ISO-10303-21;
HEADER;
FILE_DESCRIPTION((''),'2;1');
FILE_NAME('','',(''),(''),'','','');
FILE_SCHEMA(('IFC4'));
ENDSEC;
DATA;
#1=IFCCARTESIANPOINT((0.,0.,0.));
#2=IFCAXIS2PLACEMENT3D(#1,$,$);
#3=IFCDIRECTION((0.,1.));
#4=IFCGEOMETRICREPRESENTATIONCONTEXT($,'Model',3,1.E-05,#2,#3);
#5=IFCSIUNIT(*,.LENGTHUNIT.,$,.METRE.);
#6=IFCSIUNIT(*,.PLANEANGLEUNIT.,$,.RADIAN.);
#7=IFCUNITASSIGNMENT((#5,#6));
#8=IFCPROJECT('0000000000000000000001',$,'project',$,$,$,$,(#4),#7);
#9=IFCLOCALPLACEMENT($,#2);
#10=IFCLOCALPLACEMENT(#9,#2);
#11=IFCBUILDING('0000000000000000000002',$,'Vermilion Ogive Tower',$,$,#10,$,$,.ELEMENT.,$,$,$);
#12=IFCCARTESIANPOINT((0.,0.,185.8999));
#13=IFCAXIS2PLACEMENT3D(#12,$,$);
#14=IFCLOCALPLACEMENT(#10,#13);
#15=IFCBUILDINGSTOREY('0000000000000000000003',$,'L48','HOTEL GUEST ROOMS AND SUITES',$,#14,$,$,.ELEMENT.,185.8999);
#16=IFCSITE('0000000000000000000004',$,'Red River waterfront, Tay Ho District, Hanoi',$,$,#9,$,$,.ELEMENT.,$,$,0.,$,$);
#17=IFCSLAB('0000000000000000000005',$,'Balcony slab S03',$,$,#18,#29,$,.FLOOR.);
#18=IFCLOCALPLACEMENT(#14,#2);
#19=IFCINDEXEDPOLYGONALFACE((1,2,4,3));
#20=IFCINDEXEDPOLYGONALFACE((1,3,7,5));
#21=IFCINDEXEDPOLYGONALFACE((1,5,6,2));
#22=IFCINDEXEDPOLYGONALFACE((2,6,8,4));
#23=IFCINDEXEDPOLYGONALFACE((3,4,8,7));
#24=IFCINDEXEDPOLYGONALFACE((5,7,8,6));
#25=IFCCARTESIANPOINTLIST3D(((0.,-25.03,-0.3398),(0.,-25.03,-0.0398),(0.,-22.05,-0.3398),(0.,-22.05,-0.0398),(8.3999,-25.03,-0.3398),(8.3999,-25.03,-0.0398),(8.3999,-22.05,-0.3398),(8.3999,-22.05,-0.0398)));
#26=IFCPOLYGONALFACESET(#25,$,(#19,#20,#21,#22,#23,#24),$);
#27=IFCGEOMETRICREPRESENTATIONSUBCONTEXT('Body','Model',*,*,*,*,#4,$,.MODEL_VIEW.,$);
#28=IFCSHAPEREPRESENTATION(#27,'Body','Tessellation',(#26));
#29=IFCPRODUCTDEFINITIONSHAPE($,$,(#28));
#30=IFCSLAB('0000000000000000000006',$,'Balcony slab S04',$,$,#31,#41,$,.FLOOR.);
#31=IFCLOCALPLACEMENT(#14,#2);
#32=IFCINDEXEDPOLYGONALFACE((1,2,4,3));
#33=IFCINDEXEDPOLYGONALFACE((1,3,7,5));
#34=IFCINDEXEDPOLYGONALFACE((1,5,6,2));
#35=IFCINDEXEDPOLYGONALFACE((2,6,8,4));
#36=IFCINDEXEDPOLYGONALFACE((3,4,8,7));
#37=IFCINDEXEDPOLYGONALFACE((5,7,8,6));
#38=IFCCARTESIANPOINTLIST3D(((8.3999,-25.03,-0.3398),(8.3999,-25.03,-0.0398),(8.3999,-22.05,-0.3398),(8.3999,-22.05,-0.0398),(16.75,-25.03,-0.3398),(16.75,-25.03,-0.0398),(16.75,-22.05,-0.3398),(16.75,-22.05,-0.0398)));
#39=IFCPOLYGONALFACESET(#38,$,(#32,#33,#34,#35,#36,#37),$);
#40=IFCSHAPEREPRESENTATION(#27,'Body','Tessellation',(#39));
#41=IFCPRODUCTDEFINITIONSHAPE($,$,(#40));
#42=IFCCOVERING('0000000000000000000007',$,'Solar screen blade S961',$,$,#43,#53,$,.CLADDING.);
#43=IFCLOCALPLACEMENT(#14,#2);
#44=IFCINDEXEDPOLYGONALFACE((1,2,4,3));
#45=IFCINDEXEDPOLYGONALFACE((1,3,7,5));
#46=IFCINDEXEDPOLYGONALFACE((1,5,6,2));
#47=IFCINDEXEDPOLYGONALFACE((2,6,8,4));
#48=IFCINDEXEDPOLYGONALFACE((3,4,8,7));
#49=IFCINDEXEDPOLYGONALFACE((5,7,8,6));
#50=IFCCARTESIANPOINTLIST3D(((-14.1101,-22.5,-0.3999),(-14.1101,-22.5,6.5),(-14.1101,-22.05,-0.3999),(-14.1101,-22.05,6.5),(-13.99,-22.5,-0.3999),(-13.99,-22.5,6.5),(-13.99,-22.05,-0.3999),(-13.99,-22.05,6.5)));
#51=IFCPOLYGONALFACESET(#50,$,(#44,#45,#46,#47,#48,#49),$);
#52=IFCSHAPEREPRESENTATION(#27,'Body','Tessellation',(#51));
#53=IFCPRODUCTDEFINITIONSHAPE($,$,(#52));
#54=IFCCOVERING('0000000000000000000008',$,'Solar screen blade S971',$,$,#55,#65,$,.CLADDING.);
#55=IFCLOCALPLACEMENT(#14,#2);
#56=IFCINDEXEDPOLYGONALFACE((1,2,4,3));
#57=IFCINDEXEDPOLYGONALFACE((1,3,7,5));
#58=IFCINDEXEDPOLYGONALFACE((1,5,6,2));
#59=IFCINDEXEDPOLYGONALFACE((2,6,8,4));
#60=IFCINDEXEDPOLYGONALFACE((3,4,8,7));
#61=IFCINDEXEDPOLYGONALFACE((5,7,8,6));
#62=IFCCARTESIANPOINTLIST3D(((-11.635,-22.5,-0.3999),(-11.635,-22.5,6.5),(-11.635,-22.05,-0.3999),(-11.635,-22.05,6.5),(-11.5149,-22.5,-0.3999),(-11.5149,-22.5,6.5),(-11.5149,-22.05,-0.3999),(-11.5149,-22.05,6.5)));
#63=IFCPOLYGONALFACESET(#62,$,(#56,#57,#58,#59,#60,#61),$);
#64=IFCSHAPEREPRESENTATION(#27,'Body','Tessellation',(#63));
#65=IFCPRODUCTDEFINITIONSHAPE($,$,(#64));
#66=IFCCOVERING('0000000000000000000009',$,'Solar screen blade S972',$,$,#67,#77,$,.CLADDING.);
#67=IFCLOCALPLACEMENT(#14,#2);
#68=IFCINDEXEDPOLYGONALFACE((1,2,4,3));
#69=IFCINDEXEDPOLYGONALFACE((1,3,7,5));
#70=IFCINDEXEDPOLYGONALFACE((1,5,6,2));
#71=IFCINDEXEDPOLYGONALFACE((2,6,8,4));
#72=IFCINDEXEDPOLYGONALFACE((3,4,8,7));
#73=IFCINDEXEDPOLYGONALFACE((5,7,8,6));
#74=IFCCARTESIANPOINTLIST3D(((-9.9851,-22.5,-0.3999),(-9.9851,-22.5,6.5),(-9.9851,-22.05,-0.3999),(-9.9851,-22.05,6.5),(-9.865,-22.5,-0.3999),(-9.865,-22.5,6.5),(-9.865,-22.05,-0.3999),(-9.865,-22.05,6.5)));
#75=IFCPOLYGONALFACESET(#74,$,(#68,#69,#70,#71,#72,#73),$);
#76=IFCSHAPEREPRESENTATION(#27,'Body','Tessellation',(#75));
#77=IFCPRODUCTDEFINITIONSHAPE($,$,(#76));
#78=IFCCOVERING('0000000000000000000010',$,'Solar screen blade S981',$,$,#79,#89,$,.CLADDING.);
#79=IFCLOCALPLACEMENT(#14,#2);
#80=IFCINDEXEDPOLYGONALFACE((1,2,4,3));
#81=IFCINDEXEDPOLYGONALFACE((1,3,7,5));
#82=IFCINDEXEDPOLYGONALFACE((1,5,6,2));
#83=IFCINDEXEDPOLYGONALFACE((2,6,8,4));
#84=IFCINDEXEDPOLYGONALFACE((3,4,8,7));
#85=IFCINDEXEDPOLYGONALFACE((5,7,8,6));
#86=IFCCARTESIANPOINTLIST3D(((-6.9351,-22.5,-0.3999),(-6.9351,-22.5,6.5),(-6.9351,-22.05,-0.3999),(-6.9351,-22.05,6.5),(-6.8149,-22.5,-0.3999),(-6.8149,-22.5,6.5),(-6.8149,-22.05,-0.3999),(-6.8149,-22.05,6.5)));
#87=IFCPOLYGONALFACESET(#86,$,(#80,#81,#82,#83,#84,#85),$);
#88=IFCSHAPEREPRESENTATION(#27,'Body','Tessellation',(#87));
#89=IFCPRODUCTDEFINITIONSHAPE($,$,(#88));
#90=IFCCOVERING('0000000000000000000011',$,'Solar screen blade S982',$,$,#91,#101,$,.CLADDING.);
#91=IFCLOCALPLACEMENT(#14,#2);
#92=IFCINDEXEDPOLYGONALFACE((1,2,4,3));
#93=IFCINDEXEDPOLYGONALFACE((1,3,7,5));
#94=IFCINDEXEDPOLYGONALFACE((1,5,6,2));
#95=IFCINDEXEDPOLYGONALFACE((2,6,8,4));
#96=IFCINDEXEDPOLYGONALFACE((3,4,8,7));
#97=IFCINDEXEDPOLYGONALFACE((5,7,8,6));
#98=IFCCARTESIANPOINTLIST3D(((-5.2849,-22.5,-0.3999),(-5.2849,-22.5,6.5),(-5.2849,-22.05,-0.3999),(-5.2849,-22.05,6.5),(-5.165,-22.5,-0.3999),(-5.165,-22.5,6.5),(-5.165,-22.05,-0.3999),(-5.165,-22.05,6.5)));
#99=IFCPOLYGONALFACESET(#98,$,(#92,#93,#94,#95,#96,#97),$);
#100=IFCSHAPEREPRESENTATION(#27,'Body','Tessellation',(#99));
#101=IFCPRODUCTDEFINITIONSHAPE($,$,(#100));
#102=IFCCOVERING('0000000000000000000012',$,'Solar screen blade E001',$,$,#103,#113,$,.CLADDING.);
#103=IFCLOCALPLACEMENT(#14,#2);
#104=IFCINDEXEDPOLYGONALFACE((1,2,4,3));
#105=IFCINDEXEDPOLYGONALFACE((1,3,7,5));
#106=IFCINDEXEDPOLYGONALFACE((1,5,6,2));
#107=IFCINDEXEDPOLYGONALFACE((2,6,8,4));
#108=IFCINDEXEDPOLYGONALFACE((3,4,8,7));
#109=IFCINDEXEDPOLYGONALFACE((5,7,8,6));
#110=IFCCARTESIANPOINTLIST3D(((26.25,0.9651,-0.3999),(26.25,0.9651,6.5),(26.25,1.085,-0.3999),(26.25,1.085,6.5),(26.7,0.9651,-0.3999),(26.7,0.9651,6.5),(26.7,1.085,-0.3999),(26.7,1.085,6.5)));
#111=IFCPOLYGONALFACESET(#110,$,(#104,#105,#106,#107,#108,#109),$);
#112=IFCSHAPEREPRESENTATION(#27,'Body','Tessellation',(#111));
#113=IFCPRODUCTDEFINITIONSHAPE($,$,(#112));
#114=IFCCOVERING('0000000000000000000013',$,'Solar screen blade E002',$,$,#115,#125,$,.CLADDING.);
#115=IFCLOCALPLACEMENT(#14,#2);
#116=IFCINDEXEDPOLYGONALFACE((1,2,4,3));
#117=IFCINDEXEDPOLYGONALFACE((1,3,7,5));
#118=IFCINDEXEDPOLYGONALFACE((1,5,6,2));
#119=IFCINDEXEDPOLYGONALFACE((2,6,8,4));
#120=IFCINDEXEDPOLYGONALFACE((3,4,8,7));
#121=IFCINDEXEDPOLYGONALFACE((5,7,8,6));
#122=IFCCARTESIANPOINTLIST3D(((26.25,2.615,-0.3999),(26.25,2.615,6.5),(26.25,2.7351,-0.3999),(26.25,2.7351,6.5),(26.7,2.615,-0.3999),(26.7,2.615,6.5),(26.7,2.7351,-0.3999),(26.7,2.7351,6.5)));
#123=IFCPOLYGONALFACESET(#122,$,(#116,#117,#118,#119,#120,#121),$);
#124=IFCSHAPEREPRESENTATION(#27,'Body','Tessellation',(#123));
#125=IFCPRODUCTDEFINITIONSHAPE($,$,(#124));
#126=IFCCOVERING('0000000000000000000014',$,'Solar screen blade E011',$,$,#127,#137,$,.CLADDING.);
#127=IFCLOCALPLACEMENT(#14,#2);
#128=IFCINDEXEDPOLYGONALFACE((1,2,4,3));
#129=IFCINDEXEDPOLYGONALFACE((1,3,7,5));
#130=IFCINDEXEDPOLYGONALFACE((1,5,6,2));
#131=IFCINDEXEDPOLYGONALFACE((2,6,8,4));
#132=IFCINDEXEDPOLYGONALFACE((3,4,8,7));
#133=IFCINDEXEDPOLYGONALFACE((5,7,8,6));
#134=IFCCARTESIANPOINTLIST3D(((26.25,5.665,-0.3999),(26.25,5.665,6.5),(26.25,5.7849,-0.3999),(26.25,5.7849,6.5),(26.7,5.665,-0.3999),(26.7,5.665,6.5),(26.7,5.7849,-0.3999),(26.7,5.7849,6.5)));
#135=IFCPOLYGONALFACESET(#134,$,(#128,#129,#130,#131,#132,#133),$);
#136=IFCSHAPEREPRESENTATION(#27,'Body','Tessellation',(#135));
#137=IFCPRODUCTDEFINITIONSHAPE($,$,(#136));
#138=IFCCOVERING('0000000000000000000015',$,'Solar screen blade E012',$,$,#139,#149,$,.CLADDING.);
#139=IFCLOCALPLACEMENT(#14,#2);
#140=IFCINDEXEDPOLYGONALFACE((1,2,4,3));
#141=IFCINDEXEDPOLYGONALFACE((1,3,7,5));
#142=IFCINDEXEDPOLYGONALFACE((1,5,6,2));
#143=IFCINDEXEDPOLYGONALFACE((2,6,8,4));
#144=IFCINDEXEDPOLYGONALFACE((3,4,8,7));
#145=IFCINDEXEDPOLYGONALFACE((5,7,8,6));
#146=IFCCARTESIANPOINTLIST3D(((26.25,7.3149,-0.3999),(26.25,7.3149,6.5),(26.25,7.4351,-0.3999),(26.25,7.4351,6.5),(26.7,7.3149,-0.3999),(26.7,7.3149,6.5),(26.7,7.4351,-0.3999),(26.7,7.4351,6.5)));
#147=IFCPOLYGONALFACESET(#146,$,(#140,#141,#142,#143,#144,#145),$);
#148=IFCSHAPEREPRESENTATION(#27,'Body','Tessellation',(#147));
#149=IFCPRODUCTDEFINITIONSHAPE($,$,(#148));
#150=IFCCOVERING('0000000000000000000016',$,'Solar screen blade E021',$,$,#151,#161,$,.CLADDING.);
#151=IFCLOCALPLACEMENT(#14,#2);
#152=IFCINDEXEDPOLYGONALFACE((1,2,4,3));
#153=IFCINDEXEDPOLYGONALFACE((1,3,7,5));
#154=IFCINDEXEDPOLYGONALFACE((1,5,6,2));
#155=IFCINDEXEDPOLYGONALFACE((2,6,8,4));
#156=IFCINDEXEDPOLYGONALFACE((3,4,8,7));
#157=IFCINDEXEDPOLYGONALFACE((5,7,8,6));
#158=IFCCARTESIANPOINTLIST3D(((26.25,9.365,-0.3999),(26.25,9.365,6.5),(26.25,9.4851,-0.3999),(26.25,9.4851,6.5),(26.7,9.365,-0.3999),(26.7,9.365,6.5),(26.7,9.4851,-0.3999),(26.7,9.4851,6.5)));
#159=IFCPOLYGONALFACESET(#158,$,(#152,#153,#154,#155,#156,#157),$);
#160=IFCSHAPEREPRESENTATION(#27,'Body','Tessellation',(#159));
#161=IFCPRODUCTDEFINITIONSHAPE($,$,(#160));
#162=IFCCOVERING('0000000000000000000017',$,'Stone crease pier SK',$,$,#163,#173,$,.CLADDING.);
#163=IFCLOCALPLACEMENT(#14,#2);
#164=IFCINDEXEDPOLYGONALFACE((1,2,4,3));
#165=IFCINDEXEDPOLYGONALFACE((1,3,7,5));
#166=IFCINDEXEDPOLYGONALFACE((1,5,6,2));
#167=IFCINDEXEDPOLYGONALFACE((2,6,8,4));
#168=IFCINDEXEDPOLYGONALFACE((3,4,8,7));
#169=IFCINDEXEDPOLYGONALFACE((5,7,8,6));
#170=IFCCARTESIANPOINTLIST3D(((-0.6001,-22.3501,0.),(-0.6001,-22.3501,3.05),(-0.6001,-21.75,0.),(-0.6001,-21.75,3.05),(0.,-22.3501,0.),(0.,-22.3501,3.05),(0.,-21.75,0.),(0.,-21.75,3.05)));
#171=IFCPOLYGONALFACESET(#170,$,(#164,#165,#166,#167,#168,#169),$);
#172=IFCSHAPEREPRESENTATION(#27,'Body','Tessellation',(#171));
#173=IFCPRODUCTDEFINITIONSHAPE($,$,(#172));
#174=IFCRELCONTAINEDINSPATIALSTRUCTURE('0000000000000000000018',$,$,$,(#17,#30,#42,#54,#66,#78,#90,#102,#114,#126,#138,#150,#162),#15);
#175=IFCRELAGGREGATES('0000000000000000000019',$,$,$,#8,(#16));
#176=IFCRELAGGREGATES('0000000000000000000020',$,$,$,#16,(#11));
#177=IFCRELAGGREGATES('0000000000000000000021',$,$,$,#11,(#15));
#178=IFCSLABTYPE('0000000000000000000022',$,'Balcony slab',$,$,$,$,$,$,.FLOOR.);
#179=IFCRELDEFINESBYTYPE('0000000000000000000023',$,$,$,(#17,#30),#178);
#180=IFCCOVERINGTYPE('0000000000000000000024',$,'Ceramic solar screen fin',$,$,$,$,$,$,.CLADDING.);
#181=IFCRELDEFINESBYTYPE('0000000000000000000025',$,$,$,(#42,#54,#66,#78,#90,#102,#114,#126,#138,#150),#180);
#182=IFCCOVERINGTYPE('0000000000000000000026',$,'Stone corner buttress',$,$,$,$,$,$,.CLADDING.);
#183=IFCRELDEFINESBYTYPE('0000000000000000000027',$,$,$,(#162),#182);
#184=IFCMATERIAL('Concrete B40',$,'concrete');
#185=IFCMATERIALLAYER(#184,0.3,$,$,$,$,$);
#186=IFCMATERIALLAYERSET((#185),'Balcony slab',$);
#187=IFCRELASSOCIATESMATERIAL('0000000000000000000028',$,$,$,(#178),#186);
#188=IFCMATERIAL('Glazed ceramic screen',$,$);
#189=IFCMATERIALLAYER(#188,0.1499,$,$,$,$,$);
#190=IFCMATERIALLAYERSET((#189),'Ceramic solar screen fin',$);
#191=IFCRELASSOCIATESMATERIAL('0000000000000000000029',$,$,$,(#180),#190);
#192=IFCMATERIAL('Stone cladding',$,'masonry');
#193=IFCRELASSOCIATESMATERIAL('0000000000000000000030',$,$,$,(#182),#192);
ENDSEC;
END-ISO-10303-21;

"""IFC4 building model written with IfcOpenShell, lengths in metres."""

from ifc_helpers import new_model, si_unit, direction, frame, origin, place, context, subcontext, project, spatial, polyline, outline, extrude, material, layer, layer_set, type_object, element, save


model = new_model("IFC4")

# Units and contexts
model_context = context("Model", 3, precision=1e-05, world=origin(), true_north=direction((0.0, 1.0)))
body_context = subcontext(model_context, "Body", "Model", "MODEL_VIEW")
ifc_project = project(units=[si_unit("LENGTHUNIT", "METRE"), si_unit("PLANEANGLEUNIT", "RADIAN")], contexts=[model_context])

# Site, building, storey
site_placement = place(None, origin())
site = spatial("IfcSite", under=ifc_project, at=site_placement, Name="Red River waterfront, Tay Ho District, Hanoi", CompositionType="ELEMENT", RefElevation=0.0)
building_placement = place(site_placement, origin())
building = spatial("IfcBuilding", under=site, at=building_placement, Name="Vermilion Ogive Tower", CompositionType="ELEMENT")
storey_placement = place(building_placement, frame((0.0, 0.0, 185.8999)))
storey = spatial("IfcBuildingStorey", under=building, at=storey_placement, Name="L48", Description="HOTEL GUEST ROOMS AND SUITES", CompositionType="ELEMENT", Elevation=185.8999)

# Slabs
ifc_material_1 = material(Name="Concrete B40", Category="concrete")
ifc_layer_1 = layer(ifc_material_1, 0.3)
ifc_layer_set_1 = layer_set([ifc_layer_1], Name="Balcony slab")
slab_type = type_object("IfcSlabType", Name="Balcony slab", PredefinedType="FLOOR", material=ifc_layer_set_1)
slab_1_placement = place(storey_placement, frame((0.0, 0.0, -0.3398)))
element("IfcSlab", 1, at=slab_1_placement, inside=storey, type_object=slab_type, Name="Balcony slab S03", PredefinedType="FLOOR", context=body_context, shape_type="SweptSolid", body=[
    extrude(outline(polyline([(0.0, -25.03), (8.3999, -25.03), (8.3999, -22.05), (0.0, -22.05), (0.0, -25.03)])), origin(), (0.0, 0.0, 1.0), 0.3),
])
slab_2_placement = place(storey_placement, frame((0.0, 0.0, -0.3398)))
element("IfcSlab", 2, at=slab_2_placement, inside=storey, type_object=slab_type, Name="Balcony slab S04", PredefinedType="FLOOR", context=body_context, shape_type="SweptSolid", body=[
    extrude(outline(polyline([(8.3999, -25.03), (16.75, -25.03), (16.75, -22.05), (8.3999, -22.05), (8.3999, -25.03)])), origin(), (0.0, 0.0, 1.0), 0.3),
])

# Coverings
ifc_material_2 = material(Name="Glazed ceramic screen")
ifc_layer_2 = layer(ifc_material_2, 0.1499)
ifc_layer_set_2 = layer_set([ifc_layer_2], Name="Ceramic solar screen fin")
covering_type_1 = type_object("IfcCoveringType", Name="Ceramic solar screen fin", PredefinedType="CLADDING", material=ifc_layer_set_2)
covering_1_placement = place(storey_placement, frame((0.0, 0.0, -0.3999)))
element("IfcCovering", 3, at=covering_1_placement, inside=storey, type_object=covering_type_1, Name="Solar screen blade S961", PredefinedType="CLADDING", context=body_context, shape_type="SweptSolid", body=[
    extrude(outline(polyline([(-14.1101, -22.5), (-13.99, -22.5), (-13.99, -22.05), (-14.1101, -22.05), (-14.1101, -22.5)])), origin(), (0.0, 0.0, 1.0), 6.8999),
])
covering_2_placement = place(storey_placement, frame((0.0, 0.0, -0.3999)))
element("IfcCovering", 4, at=covering_2_placement, inside=storey, type_object=covering_type_1, Name="Solar screen blade S971", PredefinedType="CLADDING", context=body_context, shape_type="SweptSolid", body=[
    extrude(outline(polyline([(-11.635, -22.5), (-11.5149, -22.5), (-11.5149, -22.05), (-11.635, -22.05), (-11.635, -22.5)])), origin(), (0.0, 0.0, 1.0), 6.8999),
])
covering_3_placement = place(storey_placement, frame((0.0, 0.0, -0.3999)))
element("IfcCovering", 5, at=covering_3_placement, inside=storey, type_object=covering_type_1, Name="Solar screen blade S972", PredefinedType="CLADDING", context=body_context, shape_type="SweptSolid", body=[
    extrude(outline(polyline([(-9.9851, -22.5), (-9.865, -22.5), (-9.865, -22.05), (-9.9851, -22.05), (-9.9851, -22.5)])), origin(), (0.0, 0.0, 1.0), 6.8999),
])
covering_4_placement = place(storey_placement, frame((0.0, 0.0, -0.3999)))
element("IfcCovering", 6, at=covering_4_placement, inside=storey, type_object=covering_type_1, Name="Solar screen blade S981", PredefinedType="CLADDING", context=body_context, shape_type="SweptSolid", body=[
    extrude(outline(polyline([(-6.9351, -22.5), (-6.8149, -22.5), (-6.8149, -22.05), (-6.9351, -22.05), (-6.9351, -22.5)])), origin(), (0.0, 0.0, 1.0), 6.8999),
])
covering_5_placement = place(storey_placement, frame((0.0, 0.0, -0.3999)))
element("IfcCovering", 7, at=covering_5_placement, inside=storey, type_object=covering_type_1, Name="Solar screen blade S982", PredefinedType="CLADDING", context=body_context, shape_type="SweptSolid", body=[
    extrude(outline(polyline([(-5.2849, -22.5), (-5.165, -22.5), (-5.165, -22.05), (-5.2849, -22.05), (-5.2849, -22.5)])), origin(), (0.0, 0.0, 1.0), 6.8999),
])
covering_6_placement = place(storey_placement, frame((0.0, 0.0, -0.3999)))
element("IfcCovering", 8, at=covering_6_placement, inside=storey, type_object=covering_type_1, Name="Solar screen blade E001", PredefinedType="CLADDING", context=body_context, shape_type="SweptSolid", body=[
    extrude(outline(polyline([(26.7, 0.9651), (26.7, 1.085), (26.25, 1.085), (26.25, 0.9651), (26.7, 0.9651)])), origin(), (0.0, 0.0, 1.0), 6.8999),
])
covering_7_placement = place(storey_placement, frame((0.0, 0.0, -0.3999)))
element("IfcCovering", 9, at=covering_7_placement, inside=storey, type_object=covering_type_1, Name="Solar screen blade E002", PredefinedType="CLADDING", context=body_context, shape_type="SweptSolid", body=[
    extrude(outline(polyline([(26.7, 2.615), (26.7, 2.7351), (26.25, 2.7351), (26.25, 2.615), (26.7, 2.615)])), origin(), (0.0, 0.0, 1.0), 6.8999),
])
covering_8_placement = place(storey_placement, frame((0.0, 0.0, -0.3999)))
element("IfcCovering", 10, at=covering_8_placement, inside=storey, type_object=covering_type_1, Name="Solar screen blade E011", PredefinedType="CLADDING", context=body_context, shape_type="SweptSolid", body=[
    extrude(outline(polyline([(26.7, 5.665), (26.7, 5.7849), (26.25, 5.7849), (26.25, 5.665), (26.7, 5.665)])), origin(), (0.0, 0.0, 1.0), 6.8999),
])
covering_9_placement = place(storey_placement, frame((0.0, 0.0, -0.3999)))
element("IfcCovering", 11, at=covering_9_placement, inside=storey, type_object=covering_type_1, Name="Solar screen blade E012", PredefinedType="CLADDING", context=body_context, shape_type="SweptSolid", body=[
    extrude(outline(polyline([(26.7, 7.3149), (26.7, 7.4351), (26.25, 7.4351), (26.25, 7.3149), (26.7, 7.3149)])), origin(), (0.0, 0.0, 1.0), 6.8999),
])
covering_10_placement = place(storey_placement, frame((0.0, 0.0, -0.3999)))
element("IfcCovering", 12, at=covering_10_placement, inside=storey, type_object=covering_type_1, Name="Solar screen blade E021", PredefinedType="CLADDING", context=body_context, shape_type="SweptSolid", body=[
    extrude(outline(polyline([(26.7, 9.365), (26.7, 9.4851), (26.25, 9.4851), (26.25, 9.365), (26.7, 9.365)])), origin(), (0.0, 0.0, 1.0), 6.8999),
])
ifc_material_3 = material(Name="Stone cladding", Category="masonry")
covering_type_2 = type_object("IfcCoveringType", Name="Stone corner buttress", PredefinedType="CLADDING", material=ifc_material_3)
covering_11_placement = place(storey_placement, origin())
element("IfcCovering", 13, at=covering_11_placement, inside=storey, type_object=covering_type_2, Name="Stone crease pier SK", PredefinedType="CLADDING", context=body_context, shape_type="SweptSolid", body=[
    extrude(outline(polyline([(-0.6001, -22.3501), (0.0, -22.3501), (0.0, -21.75), (-0.6001, -21.75), (-0.6001, -22.3501)])), origin(), (0.0, 0.0, 1.0), 3.05),
])

save(model, "model.ifc")
